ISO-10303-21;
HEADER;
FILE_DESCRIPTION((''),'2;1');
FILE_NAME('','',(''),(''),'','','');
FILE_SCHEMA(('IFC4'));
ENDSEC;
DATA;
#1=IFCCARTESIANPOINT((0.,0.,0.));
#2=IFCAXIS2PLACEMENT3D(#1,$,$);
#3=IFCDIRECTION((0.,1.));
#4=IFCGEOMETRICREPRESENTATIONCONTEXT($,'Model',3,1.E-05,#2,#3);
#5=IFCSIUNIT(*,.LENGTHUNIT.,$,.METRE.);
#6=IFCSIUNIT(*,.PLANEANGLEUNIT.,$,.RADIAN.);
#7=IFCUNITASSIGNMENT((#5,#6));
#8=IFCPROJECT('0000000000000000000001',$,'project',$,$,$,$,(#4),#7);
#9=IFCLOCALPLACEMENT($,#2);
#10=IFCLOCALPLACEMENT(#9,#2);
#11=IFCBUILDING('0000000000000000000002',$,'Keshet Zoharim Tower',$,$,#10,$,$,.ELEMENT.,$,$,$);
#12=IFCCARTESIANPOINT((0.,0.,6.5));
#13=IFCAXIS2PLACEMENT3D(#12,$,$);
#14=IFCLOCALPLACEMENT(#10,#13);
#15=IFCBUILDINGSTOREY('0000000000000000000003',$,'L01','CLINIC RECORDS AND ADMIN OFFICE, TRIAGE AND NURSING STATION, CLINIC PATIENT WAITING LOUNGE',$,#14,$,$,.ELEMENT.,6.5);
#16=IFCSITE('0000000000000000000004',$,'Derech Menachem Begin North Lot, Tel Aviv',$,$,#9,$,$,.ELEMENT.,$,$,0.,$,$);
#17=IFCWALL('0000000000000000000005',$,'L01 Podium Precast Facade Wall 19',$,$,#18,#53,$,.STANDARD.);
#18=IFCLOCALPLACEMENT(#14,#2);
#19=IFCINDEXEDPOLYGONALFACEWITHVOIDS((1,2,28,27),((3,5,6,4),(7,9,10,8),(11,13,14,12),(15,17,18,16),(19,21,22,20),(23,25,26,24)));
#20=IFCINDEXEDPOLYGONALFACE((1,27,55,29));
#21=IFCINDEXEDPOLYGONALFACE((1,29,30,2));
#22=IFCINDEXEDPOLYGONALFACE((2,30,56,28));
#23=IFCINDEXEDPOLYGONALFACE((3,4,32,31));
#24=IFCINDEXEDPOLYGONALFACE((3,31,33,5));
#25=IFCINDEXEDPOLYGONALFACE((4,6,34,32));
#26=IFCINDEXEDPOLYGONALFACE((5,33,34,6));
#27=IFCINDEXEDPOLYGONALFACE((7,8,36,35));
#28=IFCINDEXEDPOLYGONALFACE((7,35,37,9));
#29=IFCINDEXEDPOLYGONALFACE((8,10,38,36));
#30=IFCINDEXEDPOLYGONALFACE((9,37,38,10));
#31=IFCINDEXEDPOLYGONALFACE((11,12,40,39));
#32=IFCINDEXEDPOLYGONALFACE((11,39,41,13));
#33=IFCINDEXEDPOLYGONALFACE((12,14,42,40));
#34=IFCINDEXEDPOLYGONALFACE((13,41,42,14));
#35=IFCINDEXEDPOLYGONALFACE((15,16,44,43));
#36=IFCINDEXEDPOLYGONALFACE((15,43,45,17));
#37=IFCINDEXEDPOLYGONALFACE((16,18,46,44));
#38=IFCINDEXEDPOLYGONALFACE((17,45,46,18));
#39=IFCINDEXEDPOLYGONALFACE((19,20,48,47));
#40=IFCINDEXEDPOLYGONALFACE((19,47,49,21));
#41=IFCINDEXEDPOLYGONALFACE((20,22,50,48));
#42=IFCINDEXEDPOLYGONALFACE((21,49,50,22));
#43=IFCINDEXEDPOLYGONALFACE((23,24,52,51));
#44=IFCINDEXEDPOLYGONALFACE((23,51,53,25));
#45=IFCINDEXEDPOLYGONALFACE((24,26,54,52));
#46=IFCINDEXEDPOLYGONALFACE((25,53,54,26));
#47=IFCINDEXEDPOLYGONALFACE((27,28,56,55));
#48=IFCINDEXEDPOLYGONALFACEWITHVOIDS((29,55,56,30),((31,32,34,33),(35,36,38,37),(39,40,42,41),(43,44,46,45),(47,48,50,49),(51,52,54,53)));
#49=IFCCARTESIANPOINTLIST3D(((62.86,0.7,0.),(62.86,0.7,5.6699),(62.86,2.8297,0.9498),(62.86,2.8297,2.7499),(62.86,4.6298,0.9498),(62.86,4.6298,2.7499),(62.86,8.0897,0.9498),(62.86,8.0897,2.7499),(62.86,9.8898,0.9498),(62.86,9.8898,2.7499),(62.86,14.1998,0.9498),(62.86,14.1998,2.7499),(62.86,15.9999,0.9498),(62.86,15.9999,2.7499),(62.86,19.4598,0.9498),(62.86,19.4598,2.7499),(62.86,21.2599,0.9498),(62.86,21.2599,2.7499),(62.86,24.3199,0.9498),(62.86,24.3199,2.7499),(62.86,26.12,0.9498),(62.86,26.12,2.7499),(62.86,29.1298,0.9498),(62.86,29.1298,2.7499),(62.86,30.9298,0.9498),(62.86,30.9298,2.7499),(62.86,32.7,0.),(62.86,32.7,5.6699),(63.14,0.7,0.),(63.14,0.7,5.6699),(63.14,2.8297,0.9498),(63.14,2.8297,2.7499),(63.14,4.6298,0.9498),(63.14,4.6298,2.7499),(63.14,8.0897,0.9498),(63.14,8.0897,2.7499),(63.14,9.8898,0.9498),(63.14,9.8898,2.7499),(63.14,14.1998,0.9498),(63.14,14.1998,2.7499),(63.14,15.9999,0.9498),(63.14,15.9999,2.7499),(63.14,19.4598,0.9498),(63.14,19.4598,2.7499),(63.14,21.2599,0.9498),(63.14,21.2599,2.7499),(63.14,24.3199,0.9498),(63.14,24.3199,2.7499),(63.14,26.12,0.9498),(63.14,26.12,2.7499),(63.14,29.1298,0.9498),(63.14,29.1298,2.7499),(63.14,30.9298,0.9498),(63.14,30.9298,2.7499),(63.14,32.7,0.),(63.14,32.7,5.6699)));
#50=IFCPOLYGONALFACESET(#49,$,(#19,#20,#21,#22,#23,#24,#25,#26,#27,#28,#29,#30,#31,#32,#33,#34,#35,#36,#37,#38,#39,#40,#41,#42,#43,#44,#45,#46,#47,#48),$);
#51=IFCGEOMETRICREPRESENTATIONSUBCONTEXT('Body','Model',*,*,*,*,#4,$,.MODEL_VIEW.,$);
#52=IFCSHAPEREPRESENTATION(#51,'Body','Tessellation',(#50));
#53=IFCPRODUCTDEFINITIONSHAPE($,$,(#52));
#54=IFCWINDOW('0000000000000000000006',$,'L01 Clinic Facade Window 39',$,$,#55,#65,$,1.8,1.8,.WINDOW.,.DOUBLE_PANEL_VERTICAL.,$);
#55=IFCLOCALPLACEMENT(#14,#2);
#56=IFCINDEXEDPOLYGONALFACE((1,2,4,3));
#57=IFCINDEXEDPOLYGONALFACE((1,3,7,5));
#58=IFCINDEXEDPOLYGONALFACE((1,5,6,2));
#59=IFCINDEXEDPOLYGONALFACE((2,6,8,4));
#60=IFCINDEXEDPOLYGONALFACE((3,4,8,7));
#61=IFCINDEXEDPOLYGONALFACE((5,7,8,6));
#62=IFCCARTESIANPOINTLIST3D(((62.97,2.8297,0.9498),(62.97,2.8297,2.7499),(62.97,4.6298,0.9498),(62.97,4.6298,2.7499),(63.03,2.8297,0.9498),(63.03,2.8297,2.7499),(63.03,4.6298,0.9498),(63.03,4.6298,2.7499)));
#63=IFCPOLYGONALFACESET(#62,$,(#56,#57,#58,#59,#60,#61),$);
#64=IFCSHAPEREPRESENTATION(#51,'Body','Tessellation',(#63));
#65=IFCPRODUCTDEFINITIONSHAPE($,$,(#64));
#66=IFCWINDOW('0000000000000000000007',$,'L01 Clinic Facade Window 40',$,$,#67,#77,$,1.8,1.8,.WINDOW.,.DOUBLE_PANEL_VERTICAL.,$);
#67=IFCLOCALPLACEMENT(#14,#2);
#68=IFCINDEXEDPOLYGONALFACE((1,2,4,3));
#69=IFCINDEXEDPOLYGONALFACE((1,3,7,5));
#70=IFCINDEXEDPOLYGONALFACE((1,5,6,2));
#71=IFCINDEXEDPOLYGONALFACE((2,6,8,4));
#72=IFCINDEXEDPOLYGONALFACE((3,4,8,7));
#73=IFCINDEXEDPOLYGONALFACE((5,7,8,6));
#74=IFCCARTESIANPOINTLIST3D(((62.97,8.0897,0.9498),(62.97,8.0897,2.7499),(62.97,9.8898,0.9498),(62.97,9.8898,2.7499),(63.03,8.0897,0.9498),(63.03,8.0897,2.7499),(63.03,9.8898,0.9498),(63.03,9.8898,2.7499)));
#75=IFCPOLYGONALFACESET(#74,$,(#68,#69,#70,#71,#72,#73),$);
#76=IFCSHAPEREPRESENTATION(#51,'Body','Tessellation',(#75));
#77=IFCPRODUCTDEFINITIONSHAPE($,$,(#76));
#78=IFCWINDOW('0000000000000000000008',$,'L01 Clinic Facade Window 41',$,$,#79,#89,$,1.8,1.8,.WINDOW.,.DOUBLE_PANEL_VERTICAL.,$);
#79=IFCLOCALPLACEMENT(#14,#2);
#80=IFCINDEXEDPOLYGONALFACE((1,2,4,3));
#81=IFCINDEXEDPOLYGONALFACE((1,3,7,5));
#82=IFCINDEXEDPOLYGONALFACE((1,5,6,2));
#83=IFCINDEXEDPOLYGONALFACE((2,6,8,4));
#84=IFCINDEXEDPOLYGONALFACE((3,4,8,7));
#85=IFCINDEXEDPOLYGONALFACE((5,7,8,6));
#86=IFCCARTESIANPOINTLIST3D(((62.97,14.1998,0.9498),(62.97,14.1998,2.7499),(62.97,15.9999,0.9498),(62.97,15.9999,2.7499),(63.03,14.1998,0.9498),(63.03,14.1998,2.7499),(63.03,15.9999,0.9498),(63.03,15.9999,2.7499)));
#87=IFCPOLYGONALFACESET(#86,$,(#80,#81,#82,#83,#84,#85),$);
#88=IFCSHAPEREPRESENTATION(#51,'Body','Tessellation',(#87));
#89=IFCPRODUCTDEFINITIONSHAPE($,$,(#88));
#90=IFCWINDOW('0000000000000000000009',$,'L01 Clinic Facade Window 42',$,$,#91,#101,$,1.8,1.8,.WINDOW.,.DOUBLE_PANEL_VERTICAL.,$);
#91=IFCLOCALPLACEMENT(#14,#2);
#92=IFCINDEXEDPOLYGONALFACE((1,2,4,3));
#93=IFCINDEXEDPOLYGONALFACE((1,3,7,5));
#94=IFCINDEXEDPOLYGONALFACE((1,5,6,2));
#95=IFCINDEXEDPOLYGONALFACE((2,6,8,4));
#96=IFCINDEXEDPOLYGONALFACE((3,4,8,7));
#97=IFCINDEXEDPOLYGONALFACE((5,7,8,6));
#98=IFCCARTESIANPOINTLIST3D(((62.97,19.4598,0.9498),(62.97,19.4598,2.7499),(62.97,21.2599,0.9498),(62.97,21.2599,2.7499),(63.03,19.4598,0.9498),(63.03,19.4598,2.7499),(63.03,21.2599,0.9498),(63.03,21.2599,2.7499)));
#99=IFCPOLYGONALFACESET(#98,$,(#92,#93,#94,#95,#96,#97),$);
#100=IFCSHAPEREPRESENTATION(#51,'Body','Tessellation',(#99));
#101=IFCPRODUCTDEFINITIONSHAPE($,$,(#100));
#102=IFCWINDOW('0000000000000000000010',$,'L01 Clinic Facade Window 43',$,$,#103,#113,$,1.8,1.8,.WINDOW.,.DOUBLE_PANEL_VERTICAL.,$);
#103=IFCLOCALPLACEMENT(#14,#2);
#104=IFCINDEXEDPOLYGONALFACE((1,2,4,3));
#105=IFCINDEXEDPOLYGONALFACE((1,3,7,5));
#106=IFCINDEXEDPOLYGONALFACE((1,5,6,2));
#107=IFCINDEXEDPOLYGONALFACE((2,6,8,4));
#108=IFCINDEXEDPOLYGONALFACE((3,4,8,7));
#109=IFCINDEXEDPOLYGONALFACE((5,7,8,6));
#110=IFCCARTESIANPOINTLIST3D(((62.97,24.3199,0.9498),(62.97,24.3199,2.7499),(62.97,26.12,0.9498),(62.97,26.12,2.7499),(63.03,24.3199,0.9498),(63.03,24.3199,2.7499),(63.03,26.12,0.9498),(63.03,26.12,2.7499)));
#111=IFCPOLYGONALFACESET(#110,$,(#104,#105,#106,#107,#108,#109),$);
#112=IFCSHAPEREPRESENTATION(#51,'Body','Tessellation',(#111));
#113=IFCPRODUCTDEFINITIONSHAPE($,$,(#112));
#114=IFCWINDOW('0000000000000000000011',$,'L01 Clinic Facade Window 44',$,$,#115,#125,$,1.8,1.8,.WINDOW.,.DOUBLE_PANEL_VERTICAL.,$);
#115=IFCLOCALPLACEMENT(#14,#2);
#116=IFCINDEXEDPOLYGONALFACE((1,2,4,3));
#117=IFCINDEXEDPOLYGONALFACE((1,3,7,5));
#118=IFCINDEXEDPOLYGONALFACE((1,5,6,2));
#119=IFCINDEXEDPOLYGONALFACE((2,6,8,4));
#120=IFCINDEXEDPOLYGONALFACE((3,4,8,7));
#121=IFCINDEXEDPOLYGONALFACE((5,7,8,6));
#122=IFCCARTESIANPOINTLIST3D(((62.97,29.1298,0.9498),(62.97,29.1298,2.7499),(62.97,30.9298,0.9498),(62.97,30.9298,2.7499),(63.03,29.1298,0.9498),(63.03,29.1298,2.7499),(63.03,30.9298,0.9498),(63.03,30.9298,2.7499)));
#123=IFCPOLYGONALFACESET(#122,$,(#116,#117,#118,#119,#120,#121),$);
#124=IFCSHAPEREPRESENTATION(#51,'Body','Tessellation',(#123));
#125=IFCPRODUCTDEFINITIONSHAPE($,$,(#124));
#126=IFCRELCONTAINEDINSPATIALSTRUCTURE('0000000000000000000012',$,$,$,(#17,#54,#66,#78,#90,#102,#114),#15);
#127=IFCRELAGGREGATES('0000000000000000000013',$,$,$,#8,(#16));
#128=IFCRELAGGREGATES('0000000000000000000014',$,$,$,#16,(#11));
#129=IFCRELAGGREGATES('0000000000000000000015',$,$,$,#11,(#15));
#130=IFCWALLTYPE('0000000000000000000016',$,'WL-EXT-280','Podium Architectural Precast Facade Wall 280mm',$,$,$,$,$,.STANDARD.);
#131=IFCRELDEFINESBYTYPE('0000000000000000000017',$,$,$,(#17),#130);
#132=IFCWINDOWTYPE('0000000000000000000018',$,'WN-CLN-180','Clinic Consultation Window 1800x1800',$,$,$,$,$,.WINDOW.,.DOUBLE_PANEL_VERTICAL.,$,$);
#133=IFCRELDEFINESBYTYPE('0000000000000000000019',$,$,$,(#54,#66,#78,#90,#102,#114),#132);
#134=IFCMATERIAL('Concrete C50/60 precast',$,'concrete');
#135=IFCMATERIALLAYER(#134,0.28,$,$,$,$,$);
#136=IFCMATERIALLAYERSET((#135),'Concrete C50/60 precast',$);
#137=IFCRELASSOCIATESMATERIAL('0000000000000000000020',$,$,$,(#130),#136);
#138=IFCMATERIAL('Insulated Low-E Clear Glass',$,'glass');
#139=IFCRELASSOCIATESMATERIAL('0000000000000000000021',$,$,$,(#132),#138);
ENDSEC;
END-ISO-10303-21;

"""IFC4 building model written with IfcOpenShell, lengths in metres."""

from ifc_helpers import new_model, si_unit, direction, frame, frame_2d, origin, place, context, subcontext, project, spatial, rectangle, extrude, material, layer, layer_set, type_object, element, fill, save


model = new_model("IFC4")

# Units and contexts
model_context = context("Model", 3, precision=1e-05, world=origin(), true_north=direction((0.0, 1.0)))
body_context = subcontext(model_context, "Body", "Model", "MODEL_VIEW")
ifc_project = project(units=[si_unit("LENGTHUNIT", "METRE"), si_unit("PLANEANGLEUNIT", "RADIAN")], contexts=[model_context])

# Site, building, storey
site_placement = place(None, origin())
site = spatial("IfcSite", under=ifc_project, at=site_placement, Name="Derech Menachem Begin North Lot, Tel Aviv", CompositionType="ELEMENT", RefElevation=0.0)
building_placement = place(site_placement, origin())
building = spatial("IfcBuilding", under=site, at=building_placement, Name="Keshet Zoharim Tower", CompositionType="ELEMENT")
storey_placement = place(building_placement, frame((0.0, 0.0, 6.5)))
storey = spatial("IfcBuildingStorey", under=building, at=storey_placement, Name="L01", Description="CLINIC RECORDS AND ADMIN OFFICE, TRIAGE AND NURSING STATION, CLINIC PATIENT WAITING LOUNGE", CompositionType="ELEMENT", Elevation=6.5)

# Shared definitions
ifc_material_1 = material(Name="Concrete C50/60 precast", Category="concrete")
ifc_layer_1 = layer(ifc_material_1, 0.28)
ifc_layer_set_1 = layer_set([ifc_layer_1], Name="Concrete C50/60 precast")
wall_type_1 = type_object("IfcWallType", Name="WL-EXT-280", Description="Podium Architectural Precast Facade Wall 280mm", PredefinedType="STANDARD", material=ifc_layer_set_1)

# Wall, openings, windows
ifc_material_2 = material(Name="Insulated Low-E Clear Glass", Category="glass")
window_type = type_object("IfcWindowType", Name="WN-CLN-180", Description="Clinic Consultation Window 1800x1800", PartitioningType="DOUBLE_PANEL_VERTICAL", PredefinedType="WINDOW", material=ifc_material_2)
wall_1_placement = place(storey_placement, frame((63.0, 0.7, 0.0), z_axis=(0.0, 0.0, 1.0), x_axis=(0.0, 1.0, 0.0)))
wall_1 = element("IfcWall", 1, at=wall_1_placement, inside=storey, type_object=wall_type_1, Name="L01 Podium Precast Facade Wall 19", PredefinedType="STANDARD", context=body_context, shape_type="SweptSolid", body=[
    extrude(rectangle(XDim=32.0, YDim=0.28, at=frame_2d((16.0, 0.0))), origin(), (0.0, 0.0, 1.0), 5.6699),
])
opening_1_placement = place(wall_1_placement, frame((2.1299, 0.0, 0.95)))
opening_1 = element("IfcOpeningElement", 2, at=opening_1_placement, cuts=wall_1, PredefinedType="OPENING", context=body_context, shape_type="SweptSolid", body=[
    extrude(rectangle(XDim=1.8, YDim=1.8, at=frame_2d((0.8999, 0.8999))), frame((0.0, 0.1499, 0.0), z_axis=(0.0, -1.0, 0.0), x_axis=(1.0, 0.0, 0.0)), (0.0, 0.0, 1.0), 0.3),
])
opening_2_placement = place(wall_1_placement, frame((7.3899, 0.0, 0.95)))
opening_2 = element("IfcOpeningElement", 3, at=opening_2_placement, cuts=wall_1, PredefinedType="OPENING", context=body_context, shape_type="SweptSolid", body=[
    extrude(rectangle(XDim=1.8, YDim=1.8, at=frame_2d((0.8999, 0.8999))), frame((0.0, 0.1499, 0.0), z_axis=(0.0, -1.0, 0.0), x_axis=(1.0, 0.0, 0.0)), (0.0, 0.0, 1.0), 0.3),
])
opening_3_placement = place(wall_1_placement, frame((13.5, 0.0, 0.95)))
opening_3 = element("IfcOpeningElement", 4, at=opening_3_placement, cuts=wall_1, PredefinedType="OPENING", context=body_context, shape_type="SweptSolid", body=[
    extrude(rectangle(XDim=1.8, YDim=1.8, at=frame_2d((0.8999, 0.8999))), frame((0.0, 0.1499, 0.0), z_axis=(0.0, -1.0, 0.0), x_axis=(1.0, 0.0, 0.0)), (0.0, 0.0, 1.0), 0.3),
])
opening_4_placement = place(wall_1_placement, frame((18.76, 0.0, 0.95)))
opening_4 = element("IfcOpeningElement", 5, at=opening_4_placement, cuts=wall_1, PredefinedType="OPENING", context=body_context, shape_type="SweptSolid", body=[
    extrude(rectangle(XDim=1.8, YDim=1.8, at=frame_2d((0.8999, 0.8999))), frame((0.0, 0.1499, 0.0), z_axis=(0.0, -1.0, 0.0), x_axis=(1.0, 0.0, 0.0)), (0.0, 0.0, 1.0), 0.3),
])
opening_5_placement = place(wall_1_placement, frame((23.6201, 0.0, 0.95)))
opening_5 = element("IfcOpeningElement", 6, at=opening_5_placement, cuts=wall_1, PredefinedType="OPENING", context=body_context, shape_type="SweptSolid", body=[
    extrude(rectangle(XDim=1.8, YDim=1.8, at=frame_2d((0.8999, 0.8999))), frame((0.0, 0.1499, 0.0), z_axis=(0.0, -1.0, 0.0), x_axis=(1.0, 0.0, 0.0)), (0.0, 0.0, 1.0), 0.3),
])
opening_6_placement = place(wall_1_placement, frame((28.4299, 0.0, 0.95)))
opening_6 = element("IfcOpeningElement", 7, at=opening_6_placement, cuts=wall_1, PredefinedType="OPENING", context=body_context, shape_type="SweptSolid", body=[
    extrude(rectangle(XDim=1.8, YDim=1.8, at=frame_2d((0.8999, 0.8999))), frame((0.0, 0.1499, 0.0), z_axis=(0.0, -1.0, 0.0), x_axis=(1.0, 0.0, 0.0)), (0.0, 0.0, 1.0), 0.3),
])
window_1_placement = place(opening_1_placement, origin())
window_1 = element("IfcWindow", 8, at=window_1_placement, inside=storey, type_object=window_type, Name="L01 Clinic Facade Window 39", OverallHeight=1.8, OverallWidth=1.8, PartitioningType="DOUBLE_PANEL_VERTICAL", PredefinedType="WINDOW", context=body_context, shape_type="SweptSolid", body=[
    extrude(rectangle(XDim=1.8, YDim=1.8, at=frame_2d((0.8999, 0.8999))), frame((0.0, 0.03, 0.0), z_axis=(0.0, -1.0, 0.0), x_axis=(1.0, 0.0, 0.0)), (0.0, 0.0, 1.0), 0.0601),
])
fill(opening_1, window_1)
window_2_placement = place(opening_2_placement, origin())
window_2 = element("IfcWindow", 9, at=window_2_placement, inside=storey, type_object=window_type, Name="L01 Clinic Facade Window 40", OverallHeight=1.8, OverallWidth=1.8, PartitioningType="DOUBLE_PANEL_VERTICAL", PredefinedType="WINDOW", context=body_context, shape_type="SweptSolid", body=[
    extrude(rectangle(XDim=1.8, YDim=1.8, at=frame_2d((0.8999, 0.8999))), frame((0.0, 0.03, 0.0), z_axis=(0.0, -1.0, 0.0), x_axis=(1.0, 0.0, 0.0)), (0.0, 0.0, 1.0), 0.0601),
])
fill(opening_2, window_2)
window_3_placement = place(opening_3_placement, origin())
window_3 = element("IfcWindow", 10, at=window_3_placement, inside=storey, type_object=window_type, Name="L01 Clinic Facade Window 41", OverallHeight=1.8, OverallWidth=1.8, PartitioningType="DOUBLE_PANEL_VERTICAL", PredefinedType="WINDOW", context=body_context, shape_type="SweptSolid", body=[
    extrude(rectangle(XDim=1.8, YDim=1.8, at=frame_2d((0.8999, 0.8999))), frame((0.0, 0.03, 0.0), z_axis=(0.0, -1.0, 0.0), x_axis=(1.0, 0.0, 0.0)), (0.0, 0.0, 1.0), 0.0601),
])
fill(opening_3, window_3)
window_4_placement = place(opening_4_placement, origin())
window_4 = element("IfcWindow", 11, at=window_4_placement, inside=storey, type_object=window_type, Name="L01 Clinic Facade Window 42", OverallHeight=1.8, OverallWidth=1.8, PartitioningType="DOUBLE_PANEL_VERTICAL", PredefinedType="WINDOW", context=body_context, shape_type="SweptSolid", body=[
    extrude(rectangle(XDim=1.8, YDim=1.8, at=frame_2d((0.8999, 0.8999))), frame((0.0, 0.03, 0.0), z_axis=(0.0, -1.0, 0.0), x_axis=(1.0, 0.0, 0.0)), (0.0, 0.0, 1.0), 0.0601),
])
fill(opening_4, window_4)
window_5_placement = place(opening_5_placement, origin())
window_5 = element("IfcWindow", 12, at=window_5_placement, inside=storey, type_object=window_type, Name="L01 Clinic Facade Window 43", OverallHeight=1.8, OverallWidth=1.8, PartitioningType="DOUBLE_PANEL_VERTICAL", PredefinedType="WINDOW", context=body_context, shape_type="SweptSolid", body=[
    extrude(rectangle(XDim=1.8, YDim=1.8, at=frame_2d((0.8999, 0.8999))), frame((0.0, 0.03, 0.0), z_axis=(0.0, -1.0, 0.0), x_axis=(1.0, 0.0, 0.0)), (0.0, 0.0, 1.0), 0.0601),
])
fill(opening_5, window_5)
window_6_placement = place(opening_6_placement, origin())
window_6 = element("IfcWindow", 13, at=window_6_placement, inside=storey, type_object=window_type, Name="L01 Clinic Facade Window 44", OverallHeight=1.8, OverallWidth=1.8, PartitioningType="DOUBLE_PANEL_VERTICAL", PredefinedType="WINDOW", context=body_context, shape_type="SweptSolid", body=[
    extrude(rectangle(XDim=1.8, YDim=1.8, at=frame_2d((0.8999, 0.8999))), frame((0.0, 0.03, 0.0), z_axis=(0.0, -1.0, 0.0), x_axis=(1.0, 0.0, 0.0)), (0.0, 0.0, 1.0), 0.0601),
])
fill(opening_6, window_6)

save(model, "model.ifc")
